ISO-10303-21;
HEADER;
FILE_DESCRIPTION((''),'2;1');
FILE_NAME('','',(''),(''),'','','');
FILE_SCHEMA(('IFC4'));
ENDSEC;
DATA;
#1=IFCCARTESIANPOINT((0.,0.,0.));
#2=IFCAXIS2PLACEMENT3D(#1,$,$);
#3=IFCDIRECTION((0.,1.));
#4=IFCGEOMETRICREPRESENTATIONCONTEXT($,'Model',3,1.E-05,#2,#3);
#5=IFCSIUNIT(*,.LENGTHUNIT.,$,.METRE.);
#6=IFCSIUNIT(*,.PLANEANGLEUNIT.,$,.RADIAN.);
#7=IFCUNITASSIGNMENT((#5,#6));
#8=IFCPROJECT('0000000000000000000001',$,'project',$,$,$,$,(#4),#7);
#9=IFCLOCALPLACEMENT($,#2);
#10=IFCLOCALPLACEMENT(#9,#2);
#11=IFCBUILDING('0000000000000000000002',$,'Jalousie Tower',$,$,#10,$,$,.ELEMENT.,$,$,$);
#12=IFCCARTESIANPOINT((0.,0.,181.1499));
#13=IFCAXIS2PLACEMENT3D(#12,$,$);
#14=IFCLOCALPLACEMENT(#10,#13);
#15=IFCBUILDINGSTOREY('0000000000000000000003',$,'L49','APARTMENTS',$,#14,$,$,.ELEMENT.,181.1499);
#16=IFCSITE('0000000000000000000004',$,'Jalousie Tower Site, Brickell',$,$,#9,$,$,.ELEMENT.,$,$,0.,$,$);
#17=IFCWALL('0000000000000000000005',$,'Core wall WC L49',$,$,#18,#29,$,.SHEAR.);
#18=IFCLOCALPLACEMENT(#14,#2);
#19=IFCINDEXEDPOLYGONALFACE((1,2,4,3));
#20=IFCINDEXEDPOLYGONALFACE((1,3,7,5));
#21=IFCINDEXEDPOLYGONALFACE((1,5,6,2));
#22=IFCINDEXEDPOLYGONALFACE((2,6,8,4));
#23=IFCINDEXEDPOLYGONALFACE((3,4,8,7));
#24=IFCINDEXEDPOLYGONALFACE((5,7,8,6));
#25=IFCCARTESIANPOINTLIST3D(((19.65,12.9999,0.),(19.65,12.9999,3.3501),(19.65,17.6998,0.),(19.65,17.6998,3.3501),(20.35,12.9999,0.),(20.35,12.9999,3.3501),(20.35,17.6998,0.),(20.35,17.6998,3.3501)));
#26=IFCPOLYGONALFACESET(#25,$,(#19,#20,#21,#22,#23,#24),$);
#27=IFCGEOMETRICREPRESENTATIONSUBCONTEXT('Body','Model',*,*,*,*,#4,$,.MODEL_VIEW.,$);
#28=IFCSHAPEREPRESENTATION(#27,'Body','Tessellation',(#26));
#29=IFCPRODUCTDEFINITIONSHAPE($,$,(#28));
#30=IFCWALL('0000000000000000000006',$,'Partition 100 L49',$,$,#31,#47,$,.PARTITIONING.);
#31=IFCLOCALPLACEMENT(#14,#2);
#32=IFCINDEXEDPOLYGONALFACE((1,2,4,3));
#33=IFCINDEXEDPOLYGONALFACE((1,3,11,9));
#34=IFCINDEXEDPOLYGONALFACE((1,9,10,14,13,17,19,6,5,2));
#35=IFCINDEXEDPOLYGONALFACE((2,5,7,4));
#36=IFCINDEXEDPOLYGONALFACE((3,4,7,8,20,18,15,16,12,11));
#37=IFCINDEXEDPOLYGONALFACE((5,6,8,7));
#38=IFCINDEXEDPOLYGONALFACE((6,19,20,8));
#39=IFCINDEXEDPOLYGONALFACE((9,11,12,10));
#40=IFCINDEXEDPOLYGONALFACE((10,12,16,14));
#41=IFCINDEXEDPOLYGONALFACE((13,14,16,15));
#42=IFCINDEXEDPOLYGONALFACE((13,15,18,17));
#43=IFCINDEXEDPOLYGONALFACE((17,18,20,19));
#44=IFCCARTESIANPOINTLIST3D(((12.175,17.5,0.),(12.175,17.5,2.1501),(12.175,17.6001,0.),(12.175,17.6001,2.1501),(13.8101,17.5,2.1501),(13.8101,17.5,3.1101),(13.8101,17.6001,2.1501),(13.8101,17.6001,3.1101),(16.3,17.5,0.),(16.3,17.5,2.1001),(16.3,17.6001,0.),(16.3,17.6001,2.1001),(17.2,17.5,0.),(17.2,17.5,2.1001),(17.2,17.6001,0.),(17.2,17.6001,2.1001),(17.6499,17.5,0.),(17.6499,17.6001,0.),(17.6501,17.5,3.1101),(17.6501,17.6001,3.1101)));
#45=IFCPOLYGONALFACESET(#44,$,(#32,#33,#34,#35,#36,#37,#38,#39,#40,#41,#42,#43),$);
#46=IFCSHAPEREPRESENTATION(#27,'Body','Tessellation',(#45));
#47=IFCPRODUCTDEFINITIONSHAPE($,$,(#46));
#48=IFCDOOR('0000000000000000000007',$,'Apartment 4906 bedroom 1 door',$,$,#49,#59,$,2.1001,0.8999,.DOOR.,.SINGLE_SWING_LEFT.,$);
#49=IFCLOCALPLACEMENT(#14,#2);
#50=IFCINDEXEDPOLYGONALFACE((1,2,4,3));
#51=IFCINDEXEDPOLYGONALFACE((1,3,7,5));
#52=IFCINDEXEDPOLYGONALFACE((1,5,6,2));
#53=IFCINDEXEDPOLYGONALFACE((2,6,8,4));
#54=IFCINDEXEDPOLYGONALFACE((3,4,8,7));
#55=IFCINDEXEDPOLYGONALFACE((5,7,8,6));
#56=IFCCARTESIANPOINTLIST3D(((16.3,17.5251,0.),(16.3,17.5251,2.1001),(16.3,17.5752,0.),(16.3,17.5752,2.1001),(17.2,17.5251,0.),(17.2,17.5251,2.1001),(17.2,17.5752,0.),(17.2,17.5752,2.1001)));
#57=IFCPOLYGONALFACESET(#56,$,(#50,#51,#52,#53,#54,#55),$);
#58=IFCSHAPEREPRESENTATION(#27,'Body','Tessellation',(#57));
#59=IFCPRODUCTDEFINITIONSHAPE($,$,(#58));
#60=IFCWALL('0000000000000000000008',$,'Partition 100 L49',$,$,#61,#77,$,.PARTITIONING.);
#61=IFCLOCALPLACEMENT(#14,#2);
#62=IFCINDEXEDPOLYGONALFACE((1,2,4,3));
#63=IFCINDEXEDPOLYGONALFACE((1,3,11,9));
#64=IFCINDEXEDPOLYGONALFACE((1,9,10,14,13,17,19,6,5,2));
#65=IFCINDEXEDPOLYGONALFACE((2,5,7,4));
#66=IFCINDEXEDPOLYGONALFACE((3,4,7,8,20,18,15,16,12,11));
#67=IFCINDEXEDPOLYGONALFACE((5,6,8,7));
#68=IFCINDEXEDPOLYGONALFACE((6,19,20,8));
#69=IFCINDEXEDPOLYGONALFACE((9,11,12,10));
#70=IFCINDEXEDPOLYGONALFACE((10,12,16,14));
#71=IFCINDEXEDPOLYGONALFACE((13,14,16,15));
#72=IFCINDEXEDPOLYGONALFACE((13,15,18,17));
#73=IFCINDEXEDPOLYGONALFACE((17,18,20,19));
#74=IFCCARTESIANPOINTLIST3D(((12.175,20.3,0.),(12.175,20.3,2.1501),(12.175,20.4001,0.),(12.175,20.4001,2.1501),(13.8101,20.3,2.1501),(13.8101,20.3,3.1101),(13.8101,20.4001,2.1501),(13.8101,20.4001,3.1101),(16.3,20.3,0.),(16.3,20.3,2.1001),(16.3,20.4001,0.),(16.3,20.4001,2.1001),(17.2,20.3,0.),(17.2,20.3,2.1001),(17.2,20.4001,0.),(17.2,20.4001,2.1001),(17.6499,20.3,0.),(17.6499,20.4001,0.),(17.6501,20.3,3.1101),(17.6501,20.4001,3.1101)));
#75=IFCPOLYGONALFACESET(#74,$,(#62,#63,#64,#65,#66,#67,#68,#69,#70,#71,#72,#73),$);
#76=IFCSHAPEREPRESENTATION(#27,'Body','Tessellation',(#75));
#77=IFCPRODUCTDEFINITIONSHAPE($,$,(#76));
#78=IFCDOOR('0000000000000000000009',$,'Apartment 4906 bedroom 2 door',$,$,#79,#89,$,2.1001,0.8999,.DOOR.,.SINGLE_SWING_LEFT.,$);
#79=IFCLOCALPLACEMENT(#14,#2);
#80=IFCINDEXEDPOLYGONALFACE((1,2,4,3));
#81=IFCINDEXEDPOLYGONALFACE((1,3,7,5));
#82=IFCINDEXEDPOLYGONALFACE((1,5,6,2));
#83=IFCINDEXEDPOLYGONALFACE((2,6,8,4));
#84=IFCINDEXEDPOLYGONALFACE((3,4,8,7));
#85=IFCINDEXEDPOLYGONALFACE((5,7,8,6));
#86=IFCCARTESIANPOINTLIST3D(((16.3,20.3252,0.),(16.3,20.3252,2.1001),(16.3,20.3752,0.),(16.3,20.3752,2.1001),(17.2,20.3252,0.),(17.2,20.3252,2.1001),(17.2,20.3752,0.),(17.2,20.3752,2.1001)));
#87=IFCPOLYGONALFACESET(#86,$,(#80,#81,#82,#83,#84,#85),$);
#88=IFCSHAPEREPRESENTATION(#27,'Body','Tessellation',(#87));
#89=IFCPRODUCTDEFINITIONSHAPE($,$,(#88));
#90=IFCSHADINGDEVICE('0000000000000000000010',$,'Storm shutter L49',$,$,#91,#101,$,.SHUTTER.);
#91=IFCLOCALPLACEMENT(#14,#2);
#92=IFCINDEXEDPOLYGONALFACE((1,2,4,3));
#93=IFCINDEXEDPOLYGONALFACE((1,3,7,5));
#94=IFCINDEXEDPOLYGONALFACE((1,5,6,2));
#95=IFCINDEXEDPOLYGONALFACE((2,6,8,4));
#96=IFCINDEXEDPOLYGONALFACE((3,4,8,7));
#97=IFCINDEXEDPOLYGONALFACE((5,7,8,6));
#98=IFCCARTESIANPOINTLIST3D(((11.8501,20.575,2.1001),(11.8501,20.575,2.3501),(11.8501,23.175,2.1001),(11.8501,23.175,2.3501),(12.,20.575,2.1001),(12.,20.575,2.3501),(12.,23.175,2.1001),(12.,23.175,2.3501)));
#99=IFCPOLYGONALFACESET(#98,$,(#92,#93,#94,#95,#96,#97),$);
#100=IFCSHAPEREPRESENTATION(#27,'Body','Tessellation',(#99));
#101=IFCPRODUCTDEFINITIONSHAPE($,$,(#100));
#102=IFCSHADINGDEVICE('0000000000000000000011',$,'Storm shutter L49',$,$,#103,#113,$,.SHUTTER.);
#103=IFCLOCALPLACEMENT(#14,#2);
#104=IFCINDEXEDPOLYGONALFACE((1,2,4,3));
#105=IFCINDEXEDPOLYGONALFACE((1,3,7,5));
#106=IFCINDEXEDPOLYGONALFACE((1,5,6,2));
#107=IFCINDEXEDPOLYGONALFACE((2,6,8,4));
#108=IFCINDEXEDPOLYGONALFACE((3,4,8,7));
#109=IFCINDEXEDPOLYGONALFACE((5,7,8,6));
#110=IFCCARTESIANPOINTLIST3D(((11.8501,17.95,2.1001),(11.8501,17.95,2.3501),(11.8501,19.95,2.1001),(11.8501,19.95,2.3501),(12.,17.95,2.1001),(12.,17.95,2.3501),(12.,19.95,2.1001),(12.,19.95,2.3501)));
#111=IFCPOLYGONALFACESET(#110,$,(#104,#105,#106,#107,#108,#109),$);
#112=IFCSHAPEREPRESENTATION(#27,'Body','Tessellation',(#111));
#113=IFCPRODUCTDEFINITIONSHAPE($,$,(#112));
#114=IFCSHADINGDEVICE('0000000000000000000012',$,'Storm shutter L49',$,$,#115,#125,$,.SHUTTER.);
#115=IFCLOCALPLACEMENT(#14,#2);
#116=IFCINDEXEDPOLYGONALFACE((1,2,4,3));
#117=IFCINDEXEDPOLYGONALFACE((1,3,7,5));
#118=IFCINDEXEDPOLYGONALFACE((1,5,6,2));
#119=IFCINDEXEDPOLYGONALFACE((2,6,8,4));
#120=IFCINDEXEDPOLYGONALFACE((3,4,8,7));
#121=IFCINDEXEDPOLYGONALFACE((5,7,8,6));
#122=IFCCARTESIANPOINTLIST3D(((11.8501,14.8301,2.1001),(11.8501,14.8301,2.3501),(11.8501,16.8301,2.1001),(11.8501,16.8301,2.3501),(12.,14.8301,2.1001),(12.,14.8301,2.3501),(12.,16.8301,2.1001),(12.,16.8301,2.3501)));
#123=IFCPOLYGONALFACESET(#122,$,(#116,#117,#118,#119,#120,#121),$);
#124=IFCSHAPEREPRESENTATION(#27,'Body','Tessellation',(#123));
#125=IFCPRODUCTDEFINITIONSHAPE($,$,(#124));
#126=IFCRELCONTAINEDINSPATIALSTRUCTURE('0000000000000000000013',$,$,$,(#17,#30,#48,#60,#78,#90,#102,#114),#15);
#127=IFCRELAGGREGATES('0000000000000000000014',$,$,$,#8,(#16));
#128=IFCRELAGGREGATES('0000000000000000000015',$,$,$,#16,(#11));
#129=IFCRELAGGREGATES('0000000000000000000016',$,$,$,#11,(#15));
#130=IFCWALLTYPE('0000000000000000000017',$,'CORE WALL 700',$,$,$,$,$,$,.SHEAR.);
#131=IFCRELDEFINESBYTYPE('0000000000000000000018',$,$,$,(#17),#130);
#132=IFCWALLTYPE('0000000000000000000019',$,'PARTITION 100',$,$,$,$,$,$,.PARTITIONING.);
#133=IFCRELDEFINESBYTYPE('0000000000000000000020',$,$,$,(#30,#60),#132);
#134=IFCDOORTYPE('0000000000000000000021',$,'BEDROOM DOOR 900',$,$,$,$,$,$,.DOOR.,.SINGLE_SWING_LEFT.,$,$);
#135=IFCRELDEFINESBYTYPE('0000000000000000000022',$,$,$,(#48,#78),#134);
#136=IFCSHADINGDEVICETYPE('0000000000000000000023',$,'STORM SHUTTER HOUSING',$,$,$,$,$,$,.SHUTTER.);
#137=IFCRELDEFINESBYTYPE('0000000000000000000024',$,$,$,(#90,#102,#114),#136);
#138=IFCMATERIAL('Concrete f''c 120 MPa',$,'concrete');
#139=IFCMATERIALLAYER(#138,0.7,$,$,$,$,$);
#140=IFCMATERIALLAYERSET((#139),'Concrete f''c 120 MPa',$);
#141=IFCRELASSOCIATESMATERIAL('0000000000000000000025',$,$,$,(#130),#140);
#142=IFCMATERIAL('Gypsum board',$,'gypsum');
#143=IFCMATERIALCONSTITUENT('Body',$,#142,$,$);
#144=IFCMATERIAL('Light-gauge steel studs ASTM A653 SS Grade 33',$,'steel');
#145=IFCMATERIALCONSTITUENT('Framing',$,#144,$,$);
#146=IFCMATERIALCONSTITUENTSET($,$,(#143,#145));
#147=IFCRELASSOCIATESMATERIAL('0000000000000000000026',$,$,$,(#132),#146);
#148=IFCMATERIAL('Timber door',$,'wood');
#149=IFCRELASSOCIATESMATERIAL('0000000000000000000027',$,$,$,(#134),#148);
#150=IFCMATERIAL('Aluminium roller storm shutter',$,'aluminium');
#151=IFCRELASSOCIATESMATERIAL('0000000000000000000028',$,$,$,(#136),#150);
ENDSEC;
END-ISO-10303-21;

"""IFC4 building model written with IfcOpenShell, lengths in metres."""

from ifc_helpers import new_model, si_unit, direction, frame, frame_2d, origin, origin_2d, place, context, subcontext, project, spatial, polyline, rectangle, outline, extrude, material, layer, layer_set, constituent, constituent_set, type_object, element, fill, save


model = new_model("IFC4")

# Units and contexts
model_context = context("Model", 3, precision=1e-05, world=origin(), true_north=direction((0.0, 1.0)))
body_context = subcontext(model_context, "Body", "Model", "MODEL_VIEW")
ifc_project = project(units=[si_unit("LENGTHUNIT", "METRE"), si_unit("PLANEANGLEUNIT", "RADIAN")], contexts=[model_context])

# Site, building, storey
site_placement = place(None, origin())
site = spatial("IfcSite", under=ifc_project, at=site_placement, Name="Jalousie Tower Site, Brickell", CompositionType="ELEMENT", RefElevation=0.0)
building_placement = place(site_placement, origin())
building = spatial("IfcBuilding", under=site, at=building_placement, Name="Jalousie Tower", CompositionType="ELEMENT")
storey_placement = place(building_placement, frame((0.0, 0.0, 181.1499)))
storey = spatial("IfcBuildingStorey", under=building, at=storey_placement, Name="L49", Description="APARTMENTS", CompositionType="ELEMENT", Elevation=181.1499)

# Wall
ifc_material_1 = material(Name="Concrete f'c 120 MPa", Category="concrete")
ifc_layer_1 = layer(ifc_material_1, 0.7)
ifc_layer_set_1 = layer_set([ifc_layer_1], Name="Concrete f'c 120 MPa")
wall_type_1 = type_object("IfcWallType", Name="CORE WALL 700", PredefinedType="SHEAR", material=ifc_layer_set_1)
wall_1_placement = place(storey_placement, frame((20.0, 17.7, 0.0), z_axis=(0.0, 0.0, 1.0), x_axis=(0.0, -1.0, 0.0)))
element("IfcWall", 1, at=wall_1_placement, inside=storey, type_object=wall_type_1, Name="Core wall WC L49", PredefinedType="SHEAR", context=body_context, shape_type="SweptSolid", body=[
    extrude(rectangle(XDim=4.7, YDim=0.7, at=frame_2d((2.3501, 0.0))), origin(), (0.0, 0.0, 1.0), 3.3501),
])

# Walls, openings, doors
ifc_material_2 = material(Name="Gypsum board", Category="gypsum")
ifc_constituent_1 = constituent(ifc_material_2, Name="Body")
ifc_material_3 = material(Name="Light-gauge steel studs ASTM A653 SS Grade 33", Category="steel")
ifc_constituent_2 = constituent(ifc_material_3, Name="Framing")
ifc_constituent_set_1 = constituent_set(constituents=[ifc_constituent_1, ifc_constituent_2])
wall_type_2 = type_object("IfcWallType", Name="PARTITION 100", PredefinedType="PARTITIONING", material=ifc_constituent_set_1)
wall_2_placement = place(storey_placement, frame((12.175, 17.55, 0.0), z_axis=(0.0, 0.0, 1.0), x_axis=(1.0, 0.0, 0.0)))
wall_2 = element("IfcWall", 2, at=wall_2_placement, inside=storey, type_object=wall_type_2, Name="Partition 100 L49", PredefinedType="PARTITIONING", context=body_context, shape_type="SweptSolid", body=[
    extrude(outline(polyline([(0.0, 0.0), (5.4749, 0.0), (5.4751, 3.1101), (1.635, 3.1101), (1.635, 2.1501), (0.0, 2.1501), (0.0, 3.1101), (0.0, 0.0)])), frame((0.0, 0.05, 0.0), z_axis=(0.0, -1.0, 0.0), x_axis=(1.0, 0.0, 0.0)), (0.0, 0.0, 1.0), 0.1001),
])
opening_1_placement = place(wall_2_placement, frame((4.125, 0.0, 0.0)))
opening_1 = element("IfcOpeningElement", 3, at=opening_1_placement, cuts=wall_2, PredefinedType="OPENING", context=body_context, shape_type="SweptSolid", body=[
    extrude(rectangle(XDim=0.8999, YDim=2.1001, at=frame_2d((0.45, 1.05))), frame((0.0, 0.0601, 0.0), z_axis=(0.0, -1.0, 0.0), x_axis=(1.0, 0.0, 0.0)), (0.0, 0.0, 1.0), 0.1201),
])
ifc_material_4 = material(Name="Timber door", Category="wood")
door_type_1 = type_object("IfcDoorType", Name="BEDROOM DOOR 900", OperationType="SINGLE_SWING_LEFT", PredefinedType="DOOR", material=ifc_material_4)
door_1_placement = place(opening_1_placement, frame((0.8999, 0.0, 0.0), z_axis=(0.0, 0.0, 1.0), x_axis=(-1.0, 0.0, 0.0)))
door_1 = element("IfcDoor", 4, at=door_1_placement, inside=storey, type_object=door_type_1, Name="Apartment 4906 bedroom 1 door", OperationType="SINGLE_SWING_LEFT", OverallHeight=2.1001, OverallWidth=0.8999, PredefinedType="DOOR", context=body_context, shape_type="SweptSolid", body=[
    extrude(rectangle(XDim=0.8999, YDim=2.1001, at=frame_2d((0.45, 1.05))), frame((0.0, 0.0249, 0.0), z_axis=(0.0, -1.0, 0.0), x_axis=(1.0, 0.0, 0.0)), (0.0, 0.0, 1.0), 0.05),
])
fill(opening_1, door_1)
wall_3_placement = place(storey_placement, frame((12.175, 20.3501, 0.0), z_axis=(0.0, 0.0, 1.0), x_axis=(1.0, 0.0, 0.0)))
wall_3 = element("IfcWall", 5, at=wall_3_placement, inside=storey, type_object=wall_type_2, Name="Partition 100 L49", PredefinedType="PARTITIONING", context=body_context, shape_type="SweptSolid", body=[
    extrude(outline(polyline([(0.0, 0.0), (5.4749, 0.0), (5.4751, 3.1101), (1.635, 3.1101), (1.635, 2.1501), (0.0, 2.1501), (0.0, 3.1101), (0.0, 0.0)])), frame((0.0, 0.05, 0.0), z_axis=(0.0, -1.0, 0.0), x_axis=(1.0, 0.0, 0.0)), (0.0, 0.0, 1.0), 0.1001),
])
opening_2_placement = place(wall_3_placement, frame((4.125, 0.0, 0.0)))
opening_2 = element("IfcOpeningElement", 6, at=opening_2_placement, cuts=wall_3, PredefinedType="OPENING", context=body_context, shape_type="SweptSolid", body=[
    extrude(rectangle(XDim=0.8999, YDim=2.1001, at=frame_2d((0.45, 1.05))), frame((0.0, 0.0601, 0.0), z_axis=(0.0, -1.0, 0.0), x_axis=(1.0, 0.0, 0.0)), (0.0, 0.0, 1.0), 0.1201),
])
door_2_placement = place(opening_2_placement, frame((0.8999, 0.0, 0.0), z_axis=(0.0, 0.0, 1.0), x_axis=(-1.0, 0.0, 0.0)))
door_2 = element("IfcDoor", 7, at=door_2_placement, inside=storey, type_object=door_type_1, Name="Apartment 4906 bedroom 2 door", OperationType="SINGLE_SWING_LEFT", OverallHeight=2.1001, OverallWidth=0.8999, PredefinedType="DOOR", context=body_context, shape_type="SweptSolid", body=[
    extrude(rectangle(XDim=0.8999, YDim=2.1001, at=frame_2d((0.45, 1.05))), frame((0.0, 0.0249, 0.0), z_axis=(0.0, -1.0, 0.0), x_axis=(1.0, 0.0, 0.0)), (0.0, 0.0, 1.0), 0.05),
])
fill(opening_2, door_2)

# Shading devices
ifc_material_5 = material(Name="Aluminium roller storm shutter", Category="aluminium")
shading_device_type = type_object("IfcShadingDeviceType", Name="STORM SHUTTER HOUSING", PredefinedType="SHUTTER", material=ifc_material_5)
shading_device_placement = place(storey_placement, frame((11.925, 21.875, 2.1001), z_axis=(0.0, 0.0, 1.0), x_axis=(0.0, -1.0, 0.0)))
element("IfcShadingDevice", 8, at=shading_device_placement, inside=storey, type_object=shading_device_type, Name="Storm shutter L49", PredefinedType="SHUTTER", context=body_context, shape_type="SweptSolid", body=[
    extrude(rectangle(XDim=2.6001, YDim=0.1499, at=origin_2d()), origin(), (0.0, 0.0, 1.0), 0.25),
])
for number, where, z_axis, x_axis, name in (
    (9, (11.925, 18.95, 2.1001), (0.0, 0.0, 1.0), (0.0, -1.0, 0.0), "Storm shutter L49"),
    (10, (11.925, 15.8301, 2.1001), (0.0, 0.0, 1.0), (0.0, -1.0, 0.0), "Storm shutter L49"),
):
    element("IfcShadingDevice", number, at=place(storey_placement, frame(where, z_axis=z_axis, x_axis=x_axis)), inside=storey, type_object=shading_device_type, Name=name, PredefinedType="SHUTTER", context=body_context, shape_type="SweptSolid", body=[
        extrude(rectangle(XDim=2.0, YDim=0.1499, at=origin_2d()), origin(), (0.0, 0.0, 1.0), 0.25),
    ])

save(model, "model.ifc")
